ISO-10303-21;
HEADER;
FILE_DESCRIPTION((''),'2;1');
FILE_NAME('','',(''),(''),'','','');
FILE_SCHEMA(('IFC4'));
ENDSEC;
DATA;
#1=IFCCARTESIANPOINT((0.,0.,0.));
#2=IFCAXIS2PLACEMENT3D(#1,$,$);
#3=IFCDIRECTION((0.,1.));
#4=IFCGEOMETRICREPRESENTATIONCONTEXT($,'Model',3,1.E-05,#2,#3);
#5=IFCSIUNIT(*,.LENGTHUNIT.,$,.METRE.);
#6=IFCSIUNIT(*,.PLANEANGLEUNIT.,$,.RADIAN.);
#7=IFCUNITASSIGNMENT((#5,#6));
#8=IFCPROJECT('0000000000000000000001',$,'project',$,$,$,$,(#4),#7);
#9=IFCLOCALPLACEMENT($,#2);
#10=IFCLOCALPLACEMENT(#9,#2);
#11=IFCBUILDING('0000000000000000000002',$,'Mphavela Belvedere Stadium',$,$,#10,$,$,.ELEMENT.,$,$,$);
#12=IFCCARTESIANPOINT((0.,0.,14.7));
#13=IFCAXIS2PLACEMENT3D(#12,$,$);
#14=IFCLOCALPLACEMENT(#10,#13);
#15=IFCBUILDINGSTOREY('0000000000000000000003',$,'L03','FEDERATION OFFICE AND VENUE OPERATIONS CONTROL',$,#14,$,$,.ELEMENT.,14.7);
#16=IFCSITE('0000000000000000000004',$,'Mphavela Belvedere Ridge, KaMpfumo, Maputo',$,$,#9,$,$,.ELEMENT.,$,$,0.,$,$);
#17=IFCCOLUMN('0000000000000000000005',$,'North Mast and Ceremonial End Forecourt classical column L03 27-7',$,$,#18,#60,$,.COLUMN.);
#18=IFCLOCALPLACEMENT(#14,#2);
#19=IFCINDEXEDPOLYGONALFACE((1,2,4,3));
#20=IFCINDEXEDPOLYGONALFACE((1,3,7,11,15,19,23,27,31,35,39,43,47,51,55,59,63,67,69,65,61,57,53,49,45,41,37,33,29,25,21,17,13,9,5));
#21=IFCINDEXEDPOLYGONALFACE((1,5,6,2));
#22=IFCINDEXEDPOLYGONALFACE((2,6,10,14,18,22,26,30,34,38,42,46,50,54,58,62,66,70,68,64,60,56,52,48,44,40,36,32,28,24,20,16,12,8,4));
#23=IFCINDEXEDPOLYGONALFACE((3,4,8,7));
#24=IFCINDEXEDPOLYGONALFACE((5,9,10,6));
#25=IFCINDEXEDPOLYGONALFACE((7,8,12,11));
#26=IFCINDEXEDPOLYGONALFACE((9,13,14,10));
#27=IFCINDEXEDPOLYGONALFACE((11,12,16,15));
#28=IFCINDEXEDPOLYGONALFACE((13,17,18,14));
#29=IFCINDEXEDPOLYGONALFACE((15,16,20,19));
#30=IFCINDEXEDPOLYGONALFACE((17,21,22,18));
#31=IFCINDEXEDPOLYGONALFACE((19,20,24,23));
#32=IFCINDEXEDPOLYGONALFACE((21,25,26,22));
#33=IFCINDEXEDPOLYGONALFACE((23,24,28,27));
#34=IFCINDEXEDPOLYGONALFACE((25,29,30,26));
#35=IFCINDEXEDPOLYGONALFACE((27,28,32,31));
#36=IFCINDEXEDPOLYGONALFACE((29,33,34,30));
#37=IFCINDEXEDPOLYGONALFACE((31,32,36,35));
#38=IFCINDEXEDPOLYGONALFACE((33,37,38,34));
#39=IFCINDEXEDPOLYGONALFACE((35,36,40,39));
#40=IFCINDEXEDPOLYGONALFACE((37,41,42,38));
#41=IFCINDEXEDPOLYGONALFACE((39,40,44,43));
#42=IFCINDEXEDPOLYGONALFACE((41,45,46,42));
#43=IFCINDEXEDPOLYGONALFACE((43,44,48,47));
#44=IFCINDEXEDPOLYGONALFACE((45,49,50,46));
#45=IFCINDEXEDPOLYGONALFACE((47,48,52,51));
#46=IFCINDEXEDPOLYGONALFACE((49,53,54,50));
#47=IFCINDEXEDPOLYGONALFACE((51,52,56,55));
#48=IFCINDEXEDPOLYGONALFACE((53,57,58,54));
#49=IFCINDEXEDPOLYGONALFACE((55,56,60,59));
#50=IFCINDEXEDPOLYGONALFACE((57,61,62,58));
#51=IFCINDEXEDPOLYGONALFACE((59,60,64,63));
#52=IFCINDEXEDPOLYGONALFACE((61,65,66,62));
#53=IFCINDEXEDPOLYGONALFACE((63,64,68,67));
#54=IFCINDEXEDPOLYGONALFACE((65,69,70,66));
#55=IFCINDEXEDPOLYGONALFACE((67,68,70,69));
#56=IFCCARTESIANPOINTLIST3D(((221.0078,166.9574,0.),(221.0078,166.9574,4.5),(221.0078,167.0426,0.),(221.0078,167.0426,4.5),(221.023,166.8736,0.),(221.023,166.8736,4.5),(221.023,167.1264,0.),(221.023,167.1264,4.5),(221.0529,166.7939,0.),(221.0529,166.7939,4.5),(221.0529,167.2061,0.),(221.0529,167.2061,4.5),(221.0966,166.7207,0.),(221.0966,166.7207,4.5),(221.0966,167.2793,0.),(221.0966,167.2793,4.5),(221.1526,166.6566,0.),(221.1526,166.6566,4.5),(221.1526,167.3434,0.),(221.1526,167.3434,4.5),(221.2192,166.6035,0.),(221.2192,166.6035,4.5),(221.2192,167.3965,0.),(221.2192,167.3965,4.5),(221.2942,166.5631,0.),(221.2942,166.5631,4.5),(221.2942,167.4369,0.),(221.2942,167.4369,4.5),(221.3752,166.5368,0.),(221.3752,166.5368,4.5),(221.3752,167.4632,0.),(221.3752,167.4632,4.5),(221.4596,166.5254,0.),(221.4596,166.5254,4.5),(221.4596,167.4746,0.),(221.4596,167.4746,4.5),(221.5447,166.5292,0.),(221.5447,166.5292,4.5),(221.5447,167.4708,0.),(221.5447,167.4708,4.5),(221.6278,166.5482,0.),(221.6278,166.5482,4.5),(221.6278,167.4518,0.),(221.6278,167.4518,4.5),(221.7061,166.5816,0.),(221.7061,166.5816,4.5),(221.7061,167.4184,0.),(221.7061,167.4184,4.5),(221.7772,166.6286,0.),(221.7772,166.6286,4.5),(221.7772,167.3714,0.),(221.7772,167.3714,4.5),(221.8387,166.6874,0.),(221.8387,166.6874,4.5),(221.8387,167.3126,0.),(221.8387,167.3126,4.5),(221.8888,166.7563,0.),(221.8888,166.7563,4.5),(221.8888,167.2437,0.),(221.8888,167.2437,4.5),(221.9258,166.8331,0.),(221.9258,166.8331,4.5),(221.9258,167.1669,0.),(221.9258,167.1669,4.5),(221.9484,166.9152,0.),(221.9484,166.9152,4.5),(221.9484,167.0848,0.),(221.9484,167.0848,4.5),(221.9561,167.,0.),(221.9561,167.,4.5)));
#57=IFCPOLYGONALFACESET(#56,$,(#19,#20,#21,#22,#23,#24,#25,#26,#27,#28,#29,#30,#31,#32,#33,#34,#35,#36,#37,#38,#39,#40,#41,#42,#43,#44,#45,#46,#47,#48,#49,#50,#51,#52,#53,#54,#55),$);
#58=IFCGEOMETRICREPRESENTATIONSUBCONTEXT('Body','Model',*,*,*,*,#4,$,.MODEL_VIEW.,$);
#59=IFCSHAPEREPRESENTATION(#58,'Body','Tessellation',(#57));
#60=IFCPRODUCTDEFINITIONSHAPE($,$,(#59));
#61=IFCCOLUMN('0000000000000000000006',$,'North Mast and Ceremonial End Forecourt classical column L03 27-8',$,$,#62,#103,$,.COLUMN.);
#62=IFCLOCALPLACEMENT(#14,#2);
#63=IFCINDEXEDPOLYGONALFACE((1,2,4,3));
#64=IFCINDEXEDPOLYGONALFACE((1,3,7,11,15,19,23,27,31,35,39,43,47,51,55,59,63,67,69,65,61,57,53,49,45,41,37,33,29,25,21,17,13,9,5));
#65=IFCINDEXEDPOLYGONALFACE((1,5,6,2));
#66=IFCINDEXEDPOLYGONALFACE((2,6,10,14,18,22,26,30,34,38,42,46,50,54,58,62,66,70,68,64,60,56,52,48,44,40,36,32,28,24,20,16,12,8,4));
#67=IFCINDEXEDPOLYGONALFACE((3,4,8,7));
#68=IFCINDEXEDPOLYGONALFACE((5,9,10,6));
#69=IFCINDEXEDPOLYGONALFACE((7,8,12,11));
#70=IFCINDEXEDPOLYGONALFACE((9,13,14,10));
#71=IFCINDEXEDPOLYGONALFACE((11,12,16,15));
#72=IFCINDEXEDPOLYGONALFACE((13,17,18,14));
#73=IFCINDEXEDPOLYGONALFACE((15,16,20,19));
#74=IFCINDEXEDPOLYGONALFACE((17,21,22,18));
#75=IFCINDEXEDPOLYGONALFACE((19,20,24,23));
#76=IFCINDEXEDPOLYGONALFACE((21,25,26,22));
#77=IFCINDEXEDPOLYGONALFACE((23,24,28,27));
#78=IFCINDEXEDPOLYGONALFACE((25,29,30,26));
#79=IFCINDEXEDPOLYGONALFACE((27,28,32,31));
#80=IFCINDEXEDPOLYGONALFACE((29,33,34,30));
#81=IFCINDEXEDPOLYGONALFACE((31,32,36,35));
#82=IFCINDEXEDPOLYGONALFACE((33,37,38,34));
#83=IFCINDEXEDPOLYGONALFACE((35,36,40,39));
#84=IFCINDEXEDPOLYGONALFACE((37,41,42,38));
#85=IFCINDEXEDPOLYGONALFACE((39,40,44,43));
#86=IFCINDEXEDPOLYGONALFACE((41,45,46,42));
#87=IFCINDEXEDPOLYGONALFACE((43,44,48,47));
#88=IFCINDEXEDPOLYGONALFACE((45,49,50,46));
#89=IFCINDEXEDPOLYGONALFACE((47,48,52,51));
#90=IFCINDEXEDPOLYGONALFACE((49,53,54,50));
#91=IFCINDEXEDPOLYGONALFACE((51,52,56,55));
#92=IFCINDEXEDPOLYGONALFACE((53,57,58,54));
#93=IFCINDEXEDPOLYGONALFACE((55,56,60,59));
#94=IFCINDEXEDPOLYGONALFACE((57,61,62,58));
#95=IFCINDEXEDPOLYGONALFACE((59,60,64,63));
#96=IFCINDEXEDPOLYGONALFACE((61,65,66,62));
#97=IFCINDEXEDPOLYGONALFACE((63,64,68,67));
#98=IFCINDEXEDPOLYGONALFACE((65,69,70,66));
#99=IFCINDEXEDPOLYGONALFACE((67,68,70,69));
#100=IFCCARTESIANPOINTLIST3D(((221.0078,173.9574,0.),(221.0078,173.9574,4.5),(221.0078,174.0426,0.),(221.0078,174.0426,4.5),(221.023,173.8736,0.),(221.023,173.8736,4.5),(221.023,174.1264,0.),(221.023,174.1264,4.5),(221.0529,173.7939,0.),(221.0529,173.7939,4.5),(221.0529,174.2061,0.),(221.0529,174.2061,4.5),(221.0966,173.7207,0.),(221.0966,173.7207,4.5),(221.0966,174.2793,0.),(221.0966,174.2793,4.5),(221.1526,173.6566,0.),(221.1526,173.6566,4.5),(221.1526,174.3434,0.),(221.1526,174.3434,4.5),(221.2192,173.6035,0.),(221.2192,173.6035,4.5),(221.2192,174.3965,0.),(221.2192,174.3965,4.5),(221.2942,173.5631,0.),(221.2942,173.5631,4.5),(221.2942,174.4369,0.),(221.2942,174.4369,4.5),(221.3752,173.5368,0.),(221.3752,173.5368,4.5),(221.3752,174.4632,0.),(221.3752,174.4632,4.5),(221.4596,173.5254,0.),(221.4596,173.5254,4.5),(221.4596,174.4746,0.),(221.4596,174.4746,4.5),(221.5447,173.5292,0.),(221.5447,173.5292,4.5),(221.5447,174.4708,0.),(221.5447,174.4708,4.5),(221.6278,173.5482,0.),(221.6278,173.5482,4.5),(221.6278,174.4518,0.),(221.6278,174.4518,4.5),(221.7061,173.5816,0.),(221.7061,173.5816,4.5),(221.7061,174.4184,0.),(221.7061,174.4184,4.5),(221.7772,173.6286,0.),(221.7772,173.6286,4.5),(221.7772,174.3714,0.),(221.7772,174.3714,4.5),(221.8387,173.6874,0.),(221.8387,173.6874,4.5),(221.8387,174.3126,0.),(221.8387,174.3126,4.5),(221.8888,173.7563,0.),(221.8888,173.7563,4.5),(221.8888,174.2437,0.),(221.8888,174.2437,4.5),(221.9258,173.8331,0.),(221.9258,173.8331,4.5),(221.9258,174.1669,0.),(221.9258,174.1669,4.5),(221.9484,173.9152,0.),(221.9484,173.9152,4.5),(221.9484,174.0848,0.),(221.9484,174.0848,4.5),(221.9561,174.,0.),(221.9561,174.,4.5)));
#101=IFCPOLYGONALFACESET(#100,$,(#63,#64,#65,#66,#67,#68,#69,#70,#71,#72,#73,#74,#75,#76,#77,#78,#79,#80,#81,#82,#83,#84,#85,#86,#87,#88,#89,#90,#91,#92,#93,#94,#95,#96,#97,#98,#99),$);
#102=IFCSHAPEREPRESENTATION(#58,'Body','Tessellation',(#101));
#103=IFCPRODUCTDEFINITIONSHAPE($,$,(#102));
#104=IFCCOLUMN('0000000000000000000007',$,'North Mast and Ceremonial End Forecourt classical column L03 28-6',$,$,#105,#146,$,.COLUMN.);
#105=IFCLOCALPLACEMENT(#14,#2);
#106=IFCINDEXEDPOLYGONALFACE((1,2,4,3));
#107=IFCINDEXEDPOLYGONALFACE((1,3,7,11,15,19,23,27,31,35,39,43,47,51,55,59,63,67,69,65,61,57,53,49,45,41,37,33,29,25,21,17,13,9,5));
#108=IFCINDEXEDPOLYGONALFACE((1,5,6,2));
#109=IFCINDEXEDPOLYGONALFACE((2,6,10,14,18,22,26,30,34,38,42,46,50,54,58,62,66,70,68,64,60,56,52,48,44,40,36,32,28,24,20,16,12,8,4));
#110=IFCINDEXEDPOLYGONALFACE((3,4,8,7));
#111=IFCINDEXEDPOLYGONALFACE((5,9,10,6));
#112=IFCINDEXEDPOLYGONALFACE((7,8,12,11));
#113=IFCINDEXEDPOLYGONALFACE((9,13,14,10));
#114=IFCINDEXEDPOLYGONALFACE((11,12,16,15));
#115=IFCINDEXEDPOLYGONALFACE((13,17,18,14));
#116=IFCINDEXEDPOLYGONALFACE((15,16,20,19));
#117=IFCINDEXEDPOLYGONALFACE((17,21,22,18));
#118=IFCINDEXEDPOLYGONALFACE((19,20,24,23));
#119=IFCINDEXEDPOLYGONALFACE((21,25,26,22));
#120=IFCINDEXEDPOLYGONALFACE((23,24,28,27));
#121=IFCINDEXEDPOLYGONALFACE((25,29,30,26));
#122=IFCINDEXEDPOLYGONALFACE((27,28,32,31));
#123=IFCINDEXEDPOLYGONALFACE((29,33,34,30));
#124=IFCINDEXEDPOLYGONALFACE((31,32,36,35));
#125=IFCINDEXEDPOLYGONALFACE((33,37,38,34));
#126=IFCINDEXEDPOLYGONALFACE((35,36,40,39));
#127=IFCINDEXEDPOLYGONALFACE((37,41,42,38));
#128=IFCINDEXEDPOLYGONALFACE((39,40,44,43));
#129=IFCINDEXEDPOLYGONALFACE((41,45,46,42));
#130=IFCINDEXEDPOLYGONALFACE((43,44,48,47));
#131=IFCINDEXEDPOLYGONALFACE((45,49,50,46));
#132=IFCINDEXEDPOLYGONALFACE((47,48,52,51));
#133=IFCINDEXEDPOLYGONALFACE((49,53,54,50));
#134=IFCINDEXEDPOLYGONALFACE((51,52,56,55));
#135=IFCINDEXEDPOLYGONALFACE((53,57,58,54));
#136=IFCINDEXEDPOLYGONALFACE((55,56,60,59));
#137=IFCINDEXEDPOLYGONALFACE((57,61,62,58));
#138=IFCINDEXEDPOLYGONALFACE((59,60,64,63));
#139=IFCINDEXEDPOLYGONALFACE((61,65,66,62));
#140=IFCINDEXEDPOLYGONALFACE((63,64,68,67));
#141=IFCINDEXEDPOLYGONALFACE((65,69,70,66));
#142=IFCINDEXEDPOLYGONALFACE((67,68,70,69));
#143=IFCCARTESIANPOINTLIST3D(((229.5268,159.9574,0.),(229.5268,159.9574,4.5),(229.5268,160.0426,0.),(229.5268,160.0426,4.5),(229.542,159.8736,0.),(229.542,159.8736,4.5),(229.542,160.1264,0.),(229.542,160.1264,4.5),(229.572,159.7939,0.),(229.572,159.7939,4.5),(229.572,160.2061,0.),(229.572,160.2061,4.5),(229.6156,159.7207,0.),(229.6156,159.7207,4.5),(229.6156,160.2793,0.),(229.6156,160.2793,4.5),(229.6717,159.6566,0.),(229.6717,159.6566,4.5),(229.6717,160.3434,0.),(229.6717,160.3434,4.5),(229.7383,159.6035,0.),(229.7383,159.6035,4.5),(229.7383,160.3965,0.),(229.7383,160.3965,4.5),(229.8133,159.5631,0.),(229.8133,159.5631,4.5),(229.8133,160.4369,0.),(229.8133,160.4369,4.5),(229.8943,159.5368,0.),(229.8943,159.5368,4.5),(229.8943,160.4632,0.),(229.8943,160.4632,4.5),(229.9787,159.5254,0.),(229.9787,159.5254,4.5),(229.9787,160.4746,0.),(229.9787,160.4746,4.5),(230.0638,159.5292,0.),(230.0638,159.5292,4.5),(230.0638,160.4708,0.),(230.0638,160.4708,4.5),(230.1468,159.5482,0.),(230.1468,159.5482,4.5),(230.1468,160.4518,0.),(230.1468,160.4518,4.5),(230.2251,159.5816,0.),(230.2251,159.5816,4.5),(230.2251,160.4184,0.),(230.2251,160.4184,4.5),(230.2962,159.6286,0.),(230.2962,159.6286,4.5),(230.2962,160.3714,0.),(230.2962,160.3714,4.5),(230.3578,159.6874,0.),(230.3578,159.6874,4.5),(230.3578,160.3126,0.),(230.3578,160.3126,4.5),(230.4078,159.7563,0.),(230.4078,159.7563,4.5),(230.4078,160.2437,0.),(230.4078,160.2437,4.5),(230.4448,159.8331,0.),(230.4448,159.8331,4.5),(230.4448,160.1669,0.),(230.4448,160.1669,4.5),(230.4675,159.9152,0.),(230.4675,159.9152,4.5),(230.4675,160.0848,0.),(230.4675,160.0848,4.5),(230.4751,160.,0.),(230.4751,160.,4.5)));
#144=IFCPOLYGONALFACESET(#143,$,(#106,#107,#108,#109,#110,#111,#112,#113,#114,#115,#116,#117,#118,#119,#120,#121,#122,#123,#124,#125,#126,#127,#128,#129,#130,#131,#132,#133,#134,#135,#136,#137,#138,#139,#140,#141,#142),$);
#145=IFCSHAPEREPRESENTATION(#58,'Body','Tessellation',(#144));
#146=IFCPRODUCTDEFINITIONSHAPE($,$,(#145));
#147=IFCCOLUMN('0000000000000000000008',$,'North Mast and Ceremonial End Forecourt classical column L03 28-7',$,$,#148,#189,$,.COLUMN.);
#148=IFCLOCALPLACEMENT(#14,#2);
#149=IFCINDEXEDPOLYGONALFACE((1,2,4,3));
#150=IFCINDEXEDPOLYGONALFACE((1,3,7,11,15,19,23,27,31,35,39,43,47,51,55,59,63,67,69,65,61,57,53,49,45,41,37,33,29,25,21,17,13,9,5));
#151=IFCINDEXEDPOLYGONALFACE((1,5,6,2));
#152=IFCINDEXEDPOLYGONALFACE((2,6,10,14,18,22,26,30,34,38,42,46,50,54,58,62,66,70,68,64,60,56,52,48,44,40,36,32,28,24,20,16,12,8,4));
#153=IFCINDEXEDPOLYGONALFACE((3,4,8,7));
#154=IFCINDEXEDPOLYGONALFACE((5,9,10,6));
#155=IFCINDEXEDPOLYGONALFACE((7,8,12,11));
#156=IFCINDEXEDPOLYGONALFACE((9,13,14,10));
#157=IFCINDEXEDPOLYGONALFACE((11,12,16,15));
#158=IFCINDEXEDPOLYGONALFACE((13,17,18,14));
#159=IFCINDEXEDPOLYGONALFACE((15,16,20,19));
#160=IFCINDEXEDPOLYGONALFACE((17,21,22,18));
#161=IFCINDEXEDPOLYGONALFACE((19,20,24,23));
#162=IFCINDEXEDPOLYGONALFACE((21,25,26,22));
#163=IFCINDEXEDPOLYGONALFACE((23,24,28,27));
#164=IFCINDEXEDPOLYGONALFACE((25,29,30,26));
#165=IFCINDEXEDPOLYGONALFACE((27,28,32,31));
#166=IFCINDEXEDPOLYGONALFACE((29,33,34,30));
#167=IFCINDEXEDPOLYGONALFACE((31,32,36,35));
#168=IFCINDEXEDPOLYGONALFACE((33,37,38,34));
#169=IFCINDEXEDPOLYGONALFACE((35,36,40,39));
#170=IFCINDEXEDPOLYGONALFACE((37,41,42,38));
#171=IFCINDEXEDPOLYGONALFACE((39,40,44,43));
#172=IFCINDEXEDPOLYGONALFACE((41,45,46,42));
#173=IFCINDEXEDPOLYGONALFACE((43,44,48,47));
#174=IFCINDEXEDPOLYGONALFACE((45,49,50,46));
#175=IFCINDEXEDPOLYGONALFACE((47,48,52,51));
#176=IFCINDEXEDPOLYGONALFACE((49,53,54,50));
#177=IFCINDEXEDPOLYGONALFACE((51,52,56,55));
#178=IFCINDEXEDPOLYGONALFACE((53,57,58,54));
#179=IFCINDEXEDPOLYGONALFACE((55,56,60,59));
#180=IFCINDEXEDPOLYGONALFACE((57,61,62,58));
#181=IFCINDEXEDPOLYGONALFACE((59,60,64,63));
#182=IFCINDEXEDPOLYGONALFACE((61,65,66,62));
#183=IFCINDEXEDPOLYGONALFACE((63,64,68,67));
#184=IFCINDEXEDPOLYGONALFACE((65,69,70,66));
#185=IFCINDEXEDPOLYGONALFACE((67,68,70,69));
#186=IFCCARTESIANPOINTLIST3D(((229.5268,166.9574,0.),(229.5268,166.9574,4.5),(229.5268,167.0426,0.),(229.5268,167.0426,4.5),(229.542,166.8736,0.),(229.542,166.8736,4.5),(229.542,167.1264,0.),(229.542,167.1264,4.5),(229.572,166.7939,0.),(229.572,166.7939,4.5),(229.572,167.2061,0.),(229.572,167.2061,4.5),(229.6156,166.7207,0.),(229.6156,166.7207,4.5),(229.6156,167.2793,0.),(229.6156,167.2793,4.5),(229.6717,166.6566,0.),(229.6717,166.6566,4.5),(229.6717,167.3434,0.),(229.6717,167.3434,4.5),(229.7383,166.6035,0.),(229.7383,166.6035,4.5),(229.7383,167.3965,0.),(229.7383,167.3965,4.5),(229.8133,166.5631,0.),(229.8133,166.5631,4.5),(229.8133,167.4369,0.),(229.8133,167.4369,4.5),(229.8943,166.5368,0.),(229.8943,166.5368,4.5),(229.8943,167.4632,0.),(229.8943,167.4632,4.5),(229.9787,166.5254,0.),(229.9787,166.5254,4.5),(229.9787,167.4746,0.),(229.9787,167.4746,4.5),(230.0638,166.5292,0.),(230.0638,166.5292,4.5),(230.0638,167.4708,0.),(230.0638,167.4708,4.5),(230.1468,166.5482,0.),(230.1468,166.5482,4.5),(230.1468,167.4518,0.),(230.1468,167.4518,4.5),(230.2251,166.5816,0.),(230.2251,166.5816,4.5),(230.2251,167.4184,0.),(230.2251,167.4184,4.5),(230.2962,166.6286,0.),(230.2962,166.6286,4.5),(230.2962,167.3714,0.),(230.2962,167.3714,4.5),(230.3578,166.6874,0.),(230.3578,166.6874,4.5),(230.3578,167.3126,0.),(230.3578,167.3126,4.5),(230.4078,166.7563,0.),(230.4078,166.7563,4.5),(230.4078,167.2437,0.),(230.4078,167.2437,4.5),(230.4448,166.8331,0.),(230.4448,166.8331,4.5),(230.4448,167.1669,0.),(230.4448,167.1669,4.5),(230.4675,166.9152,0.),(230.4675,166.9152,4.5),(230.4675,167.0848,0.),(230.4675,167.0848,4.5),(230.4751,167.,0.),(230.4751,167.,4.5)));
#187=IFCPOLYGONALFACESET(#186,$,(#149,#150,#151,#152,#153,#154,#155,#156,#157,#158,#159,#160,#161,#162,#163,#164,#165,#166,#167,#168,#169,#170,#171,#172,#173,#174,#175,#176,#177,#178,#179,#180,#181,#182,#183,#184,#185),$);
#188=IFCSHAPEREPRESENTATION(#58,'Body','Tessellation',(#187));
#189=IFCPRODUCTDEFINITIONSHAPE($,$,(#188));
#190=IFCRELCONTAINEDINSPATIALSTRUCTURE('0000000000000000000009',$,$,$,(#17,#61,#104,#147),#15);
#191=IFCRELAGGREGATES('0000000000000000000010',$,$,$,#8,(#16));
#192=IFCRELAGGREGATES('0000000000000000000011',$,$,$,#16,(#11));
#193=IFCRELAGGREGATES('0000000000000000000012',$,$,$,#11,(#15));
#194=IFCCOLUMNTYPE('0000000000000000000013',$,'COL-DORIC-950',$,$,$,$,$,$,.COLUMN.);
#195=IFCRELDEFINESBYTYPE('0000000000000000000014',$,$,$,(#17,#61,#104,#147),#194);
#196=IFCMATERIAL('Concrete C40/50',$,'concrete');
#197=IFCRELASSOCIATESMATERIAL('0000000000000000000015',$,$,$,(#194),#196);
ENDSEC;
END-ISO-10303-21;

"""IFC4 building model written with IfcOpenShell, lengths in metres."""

from ifc_helpers import new_model, si_unit, direction, frame, origin, origin_2d, place, context, subcontext, project, spatial, circle, extrude, material, material_profile, profile_set, type_object, element, save


model = new_model("IFC4")

# Units and contexts
model_context = context("Model", 3, precision=1e-05, world=origin(), true_north=direction((0.0, 1.0)))
body_context = subcontext(model_context, "Body", "Model", "MODEL_VIEW")
ifc_project = project(units=[si_unit("LENGTHUNIT", "METRE"), si_unit("PLANEANGLEUNIT", "RADIAN")], contexts=[model_context])

# Site, building, storey
site_placement = place(None, origin())
site = spatial("IfcSite", under=ifc_project, at=site_placement, Name="Mphavela Belvedere Ridge, KaMpfumo, Maputo", CompositionType="ELEMENT", RefElevation=0.0)
building_placement = place(site_placement, origin())
building = spatial("IfcBuilding", under=site, at=building_placement, Name="Mphavela Belvedere Stadium", CompositionType="ELEMENT")
storey_placement = place(building_placement, frame((0.0, 0.0, 14.7)))
storey = spatial("IfcBuildingStorey", under=building, at=storey_placement, Name="L03", Description="FEDERATION OFFICE AND VENUE OPERATIONS CONTROL", CompositionType="ELEMENT", Elevation=14.7)

# Columns
ifc_material_1 = material(Name="Concrete C40/50", Category="concrete")
ifc_material_profile_1 = material_profile(ifc_material_1, circle(Radius=0.4751, at=origin_2d()), Name="COL D950")
ifc_profile_set_1 = profile_set([ifc_material_profile_1], Name="Concrete C40/50")
column_type = type_object("IfcColumnType", Name="COL-DORIC-950", PredefinedType="COLUMN", material=ifc_profile_set_1)
for number, where, z_axis, x_axis, name in (
    (1, (221.481, 167.0, 0.0), (0.0, 0.0, 1.0), (1.0, 0.0, 0.0), "North Mast and Ceremonial End Forecourt classical column L03 27-7"),
    (2, (221.481, 174.0, 0.0), (0.0, 0.0, 1.0), (1.0, 0.0, 0.0), "North Mast and Ceremonial End Forecourt classical column L03 27-8"),
    (3, (230.0, 160.0, 0.0), (0.0, 0.0, 1.0), (1.0, 0.0, 0.0), "North Mast and Ceremonial End Forecourt classical column L03 28-6"),
    (4, (230.0, 167.0, 0.0), (0.0, 0.0, 1.0), (1.0, 0.0, 0.0), "North Mast and Ceremonial End Forecourt classical column L03 28-7"),
):
    element("IfcColumn", number, at=place(storey_placement, frame(where, z_axis=z_axis, x_axis=x_axis)), inside=storey, type_object=column_type, Name=name, PredefinedType="COLUMN", context=body_context, shape_type="SweptSolid", body=[
        extrude(circle(Radius=0.4751, at=origin_2d()), origin(), (0.0, 0.0, 1.0), 4.5),
    ])

save(model, "model.ifc")
